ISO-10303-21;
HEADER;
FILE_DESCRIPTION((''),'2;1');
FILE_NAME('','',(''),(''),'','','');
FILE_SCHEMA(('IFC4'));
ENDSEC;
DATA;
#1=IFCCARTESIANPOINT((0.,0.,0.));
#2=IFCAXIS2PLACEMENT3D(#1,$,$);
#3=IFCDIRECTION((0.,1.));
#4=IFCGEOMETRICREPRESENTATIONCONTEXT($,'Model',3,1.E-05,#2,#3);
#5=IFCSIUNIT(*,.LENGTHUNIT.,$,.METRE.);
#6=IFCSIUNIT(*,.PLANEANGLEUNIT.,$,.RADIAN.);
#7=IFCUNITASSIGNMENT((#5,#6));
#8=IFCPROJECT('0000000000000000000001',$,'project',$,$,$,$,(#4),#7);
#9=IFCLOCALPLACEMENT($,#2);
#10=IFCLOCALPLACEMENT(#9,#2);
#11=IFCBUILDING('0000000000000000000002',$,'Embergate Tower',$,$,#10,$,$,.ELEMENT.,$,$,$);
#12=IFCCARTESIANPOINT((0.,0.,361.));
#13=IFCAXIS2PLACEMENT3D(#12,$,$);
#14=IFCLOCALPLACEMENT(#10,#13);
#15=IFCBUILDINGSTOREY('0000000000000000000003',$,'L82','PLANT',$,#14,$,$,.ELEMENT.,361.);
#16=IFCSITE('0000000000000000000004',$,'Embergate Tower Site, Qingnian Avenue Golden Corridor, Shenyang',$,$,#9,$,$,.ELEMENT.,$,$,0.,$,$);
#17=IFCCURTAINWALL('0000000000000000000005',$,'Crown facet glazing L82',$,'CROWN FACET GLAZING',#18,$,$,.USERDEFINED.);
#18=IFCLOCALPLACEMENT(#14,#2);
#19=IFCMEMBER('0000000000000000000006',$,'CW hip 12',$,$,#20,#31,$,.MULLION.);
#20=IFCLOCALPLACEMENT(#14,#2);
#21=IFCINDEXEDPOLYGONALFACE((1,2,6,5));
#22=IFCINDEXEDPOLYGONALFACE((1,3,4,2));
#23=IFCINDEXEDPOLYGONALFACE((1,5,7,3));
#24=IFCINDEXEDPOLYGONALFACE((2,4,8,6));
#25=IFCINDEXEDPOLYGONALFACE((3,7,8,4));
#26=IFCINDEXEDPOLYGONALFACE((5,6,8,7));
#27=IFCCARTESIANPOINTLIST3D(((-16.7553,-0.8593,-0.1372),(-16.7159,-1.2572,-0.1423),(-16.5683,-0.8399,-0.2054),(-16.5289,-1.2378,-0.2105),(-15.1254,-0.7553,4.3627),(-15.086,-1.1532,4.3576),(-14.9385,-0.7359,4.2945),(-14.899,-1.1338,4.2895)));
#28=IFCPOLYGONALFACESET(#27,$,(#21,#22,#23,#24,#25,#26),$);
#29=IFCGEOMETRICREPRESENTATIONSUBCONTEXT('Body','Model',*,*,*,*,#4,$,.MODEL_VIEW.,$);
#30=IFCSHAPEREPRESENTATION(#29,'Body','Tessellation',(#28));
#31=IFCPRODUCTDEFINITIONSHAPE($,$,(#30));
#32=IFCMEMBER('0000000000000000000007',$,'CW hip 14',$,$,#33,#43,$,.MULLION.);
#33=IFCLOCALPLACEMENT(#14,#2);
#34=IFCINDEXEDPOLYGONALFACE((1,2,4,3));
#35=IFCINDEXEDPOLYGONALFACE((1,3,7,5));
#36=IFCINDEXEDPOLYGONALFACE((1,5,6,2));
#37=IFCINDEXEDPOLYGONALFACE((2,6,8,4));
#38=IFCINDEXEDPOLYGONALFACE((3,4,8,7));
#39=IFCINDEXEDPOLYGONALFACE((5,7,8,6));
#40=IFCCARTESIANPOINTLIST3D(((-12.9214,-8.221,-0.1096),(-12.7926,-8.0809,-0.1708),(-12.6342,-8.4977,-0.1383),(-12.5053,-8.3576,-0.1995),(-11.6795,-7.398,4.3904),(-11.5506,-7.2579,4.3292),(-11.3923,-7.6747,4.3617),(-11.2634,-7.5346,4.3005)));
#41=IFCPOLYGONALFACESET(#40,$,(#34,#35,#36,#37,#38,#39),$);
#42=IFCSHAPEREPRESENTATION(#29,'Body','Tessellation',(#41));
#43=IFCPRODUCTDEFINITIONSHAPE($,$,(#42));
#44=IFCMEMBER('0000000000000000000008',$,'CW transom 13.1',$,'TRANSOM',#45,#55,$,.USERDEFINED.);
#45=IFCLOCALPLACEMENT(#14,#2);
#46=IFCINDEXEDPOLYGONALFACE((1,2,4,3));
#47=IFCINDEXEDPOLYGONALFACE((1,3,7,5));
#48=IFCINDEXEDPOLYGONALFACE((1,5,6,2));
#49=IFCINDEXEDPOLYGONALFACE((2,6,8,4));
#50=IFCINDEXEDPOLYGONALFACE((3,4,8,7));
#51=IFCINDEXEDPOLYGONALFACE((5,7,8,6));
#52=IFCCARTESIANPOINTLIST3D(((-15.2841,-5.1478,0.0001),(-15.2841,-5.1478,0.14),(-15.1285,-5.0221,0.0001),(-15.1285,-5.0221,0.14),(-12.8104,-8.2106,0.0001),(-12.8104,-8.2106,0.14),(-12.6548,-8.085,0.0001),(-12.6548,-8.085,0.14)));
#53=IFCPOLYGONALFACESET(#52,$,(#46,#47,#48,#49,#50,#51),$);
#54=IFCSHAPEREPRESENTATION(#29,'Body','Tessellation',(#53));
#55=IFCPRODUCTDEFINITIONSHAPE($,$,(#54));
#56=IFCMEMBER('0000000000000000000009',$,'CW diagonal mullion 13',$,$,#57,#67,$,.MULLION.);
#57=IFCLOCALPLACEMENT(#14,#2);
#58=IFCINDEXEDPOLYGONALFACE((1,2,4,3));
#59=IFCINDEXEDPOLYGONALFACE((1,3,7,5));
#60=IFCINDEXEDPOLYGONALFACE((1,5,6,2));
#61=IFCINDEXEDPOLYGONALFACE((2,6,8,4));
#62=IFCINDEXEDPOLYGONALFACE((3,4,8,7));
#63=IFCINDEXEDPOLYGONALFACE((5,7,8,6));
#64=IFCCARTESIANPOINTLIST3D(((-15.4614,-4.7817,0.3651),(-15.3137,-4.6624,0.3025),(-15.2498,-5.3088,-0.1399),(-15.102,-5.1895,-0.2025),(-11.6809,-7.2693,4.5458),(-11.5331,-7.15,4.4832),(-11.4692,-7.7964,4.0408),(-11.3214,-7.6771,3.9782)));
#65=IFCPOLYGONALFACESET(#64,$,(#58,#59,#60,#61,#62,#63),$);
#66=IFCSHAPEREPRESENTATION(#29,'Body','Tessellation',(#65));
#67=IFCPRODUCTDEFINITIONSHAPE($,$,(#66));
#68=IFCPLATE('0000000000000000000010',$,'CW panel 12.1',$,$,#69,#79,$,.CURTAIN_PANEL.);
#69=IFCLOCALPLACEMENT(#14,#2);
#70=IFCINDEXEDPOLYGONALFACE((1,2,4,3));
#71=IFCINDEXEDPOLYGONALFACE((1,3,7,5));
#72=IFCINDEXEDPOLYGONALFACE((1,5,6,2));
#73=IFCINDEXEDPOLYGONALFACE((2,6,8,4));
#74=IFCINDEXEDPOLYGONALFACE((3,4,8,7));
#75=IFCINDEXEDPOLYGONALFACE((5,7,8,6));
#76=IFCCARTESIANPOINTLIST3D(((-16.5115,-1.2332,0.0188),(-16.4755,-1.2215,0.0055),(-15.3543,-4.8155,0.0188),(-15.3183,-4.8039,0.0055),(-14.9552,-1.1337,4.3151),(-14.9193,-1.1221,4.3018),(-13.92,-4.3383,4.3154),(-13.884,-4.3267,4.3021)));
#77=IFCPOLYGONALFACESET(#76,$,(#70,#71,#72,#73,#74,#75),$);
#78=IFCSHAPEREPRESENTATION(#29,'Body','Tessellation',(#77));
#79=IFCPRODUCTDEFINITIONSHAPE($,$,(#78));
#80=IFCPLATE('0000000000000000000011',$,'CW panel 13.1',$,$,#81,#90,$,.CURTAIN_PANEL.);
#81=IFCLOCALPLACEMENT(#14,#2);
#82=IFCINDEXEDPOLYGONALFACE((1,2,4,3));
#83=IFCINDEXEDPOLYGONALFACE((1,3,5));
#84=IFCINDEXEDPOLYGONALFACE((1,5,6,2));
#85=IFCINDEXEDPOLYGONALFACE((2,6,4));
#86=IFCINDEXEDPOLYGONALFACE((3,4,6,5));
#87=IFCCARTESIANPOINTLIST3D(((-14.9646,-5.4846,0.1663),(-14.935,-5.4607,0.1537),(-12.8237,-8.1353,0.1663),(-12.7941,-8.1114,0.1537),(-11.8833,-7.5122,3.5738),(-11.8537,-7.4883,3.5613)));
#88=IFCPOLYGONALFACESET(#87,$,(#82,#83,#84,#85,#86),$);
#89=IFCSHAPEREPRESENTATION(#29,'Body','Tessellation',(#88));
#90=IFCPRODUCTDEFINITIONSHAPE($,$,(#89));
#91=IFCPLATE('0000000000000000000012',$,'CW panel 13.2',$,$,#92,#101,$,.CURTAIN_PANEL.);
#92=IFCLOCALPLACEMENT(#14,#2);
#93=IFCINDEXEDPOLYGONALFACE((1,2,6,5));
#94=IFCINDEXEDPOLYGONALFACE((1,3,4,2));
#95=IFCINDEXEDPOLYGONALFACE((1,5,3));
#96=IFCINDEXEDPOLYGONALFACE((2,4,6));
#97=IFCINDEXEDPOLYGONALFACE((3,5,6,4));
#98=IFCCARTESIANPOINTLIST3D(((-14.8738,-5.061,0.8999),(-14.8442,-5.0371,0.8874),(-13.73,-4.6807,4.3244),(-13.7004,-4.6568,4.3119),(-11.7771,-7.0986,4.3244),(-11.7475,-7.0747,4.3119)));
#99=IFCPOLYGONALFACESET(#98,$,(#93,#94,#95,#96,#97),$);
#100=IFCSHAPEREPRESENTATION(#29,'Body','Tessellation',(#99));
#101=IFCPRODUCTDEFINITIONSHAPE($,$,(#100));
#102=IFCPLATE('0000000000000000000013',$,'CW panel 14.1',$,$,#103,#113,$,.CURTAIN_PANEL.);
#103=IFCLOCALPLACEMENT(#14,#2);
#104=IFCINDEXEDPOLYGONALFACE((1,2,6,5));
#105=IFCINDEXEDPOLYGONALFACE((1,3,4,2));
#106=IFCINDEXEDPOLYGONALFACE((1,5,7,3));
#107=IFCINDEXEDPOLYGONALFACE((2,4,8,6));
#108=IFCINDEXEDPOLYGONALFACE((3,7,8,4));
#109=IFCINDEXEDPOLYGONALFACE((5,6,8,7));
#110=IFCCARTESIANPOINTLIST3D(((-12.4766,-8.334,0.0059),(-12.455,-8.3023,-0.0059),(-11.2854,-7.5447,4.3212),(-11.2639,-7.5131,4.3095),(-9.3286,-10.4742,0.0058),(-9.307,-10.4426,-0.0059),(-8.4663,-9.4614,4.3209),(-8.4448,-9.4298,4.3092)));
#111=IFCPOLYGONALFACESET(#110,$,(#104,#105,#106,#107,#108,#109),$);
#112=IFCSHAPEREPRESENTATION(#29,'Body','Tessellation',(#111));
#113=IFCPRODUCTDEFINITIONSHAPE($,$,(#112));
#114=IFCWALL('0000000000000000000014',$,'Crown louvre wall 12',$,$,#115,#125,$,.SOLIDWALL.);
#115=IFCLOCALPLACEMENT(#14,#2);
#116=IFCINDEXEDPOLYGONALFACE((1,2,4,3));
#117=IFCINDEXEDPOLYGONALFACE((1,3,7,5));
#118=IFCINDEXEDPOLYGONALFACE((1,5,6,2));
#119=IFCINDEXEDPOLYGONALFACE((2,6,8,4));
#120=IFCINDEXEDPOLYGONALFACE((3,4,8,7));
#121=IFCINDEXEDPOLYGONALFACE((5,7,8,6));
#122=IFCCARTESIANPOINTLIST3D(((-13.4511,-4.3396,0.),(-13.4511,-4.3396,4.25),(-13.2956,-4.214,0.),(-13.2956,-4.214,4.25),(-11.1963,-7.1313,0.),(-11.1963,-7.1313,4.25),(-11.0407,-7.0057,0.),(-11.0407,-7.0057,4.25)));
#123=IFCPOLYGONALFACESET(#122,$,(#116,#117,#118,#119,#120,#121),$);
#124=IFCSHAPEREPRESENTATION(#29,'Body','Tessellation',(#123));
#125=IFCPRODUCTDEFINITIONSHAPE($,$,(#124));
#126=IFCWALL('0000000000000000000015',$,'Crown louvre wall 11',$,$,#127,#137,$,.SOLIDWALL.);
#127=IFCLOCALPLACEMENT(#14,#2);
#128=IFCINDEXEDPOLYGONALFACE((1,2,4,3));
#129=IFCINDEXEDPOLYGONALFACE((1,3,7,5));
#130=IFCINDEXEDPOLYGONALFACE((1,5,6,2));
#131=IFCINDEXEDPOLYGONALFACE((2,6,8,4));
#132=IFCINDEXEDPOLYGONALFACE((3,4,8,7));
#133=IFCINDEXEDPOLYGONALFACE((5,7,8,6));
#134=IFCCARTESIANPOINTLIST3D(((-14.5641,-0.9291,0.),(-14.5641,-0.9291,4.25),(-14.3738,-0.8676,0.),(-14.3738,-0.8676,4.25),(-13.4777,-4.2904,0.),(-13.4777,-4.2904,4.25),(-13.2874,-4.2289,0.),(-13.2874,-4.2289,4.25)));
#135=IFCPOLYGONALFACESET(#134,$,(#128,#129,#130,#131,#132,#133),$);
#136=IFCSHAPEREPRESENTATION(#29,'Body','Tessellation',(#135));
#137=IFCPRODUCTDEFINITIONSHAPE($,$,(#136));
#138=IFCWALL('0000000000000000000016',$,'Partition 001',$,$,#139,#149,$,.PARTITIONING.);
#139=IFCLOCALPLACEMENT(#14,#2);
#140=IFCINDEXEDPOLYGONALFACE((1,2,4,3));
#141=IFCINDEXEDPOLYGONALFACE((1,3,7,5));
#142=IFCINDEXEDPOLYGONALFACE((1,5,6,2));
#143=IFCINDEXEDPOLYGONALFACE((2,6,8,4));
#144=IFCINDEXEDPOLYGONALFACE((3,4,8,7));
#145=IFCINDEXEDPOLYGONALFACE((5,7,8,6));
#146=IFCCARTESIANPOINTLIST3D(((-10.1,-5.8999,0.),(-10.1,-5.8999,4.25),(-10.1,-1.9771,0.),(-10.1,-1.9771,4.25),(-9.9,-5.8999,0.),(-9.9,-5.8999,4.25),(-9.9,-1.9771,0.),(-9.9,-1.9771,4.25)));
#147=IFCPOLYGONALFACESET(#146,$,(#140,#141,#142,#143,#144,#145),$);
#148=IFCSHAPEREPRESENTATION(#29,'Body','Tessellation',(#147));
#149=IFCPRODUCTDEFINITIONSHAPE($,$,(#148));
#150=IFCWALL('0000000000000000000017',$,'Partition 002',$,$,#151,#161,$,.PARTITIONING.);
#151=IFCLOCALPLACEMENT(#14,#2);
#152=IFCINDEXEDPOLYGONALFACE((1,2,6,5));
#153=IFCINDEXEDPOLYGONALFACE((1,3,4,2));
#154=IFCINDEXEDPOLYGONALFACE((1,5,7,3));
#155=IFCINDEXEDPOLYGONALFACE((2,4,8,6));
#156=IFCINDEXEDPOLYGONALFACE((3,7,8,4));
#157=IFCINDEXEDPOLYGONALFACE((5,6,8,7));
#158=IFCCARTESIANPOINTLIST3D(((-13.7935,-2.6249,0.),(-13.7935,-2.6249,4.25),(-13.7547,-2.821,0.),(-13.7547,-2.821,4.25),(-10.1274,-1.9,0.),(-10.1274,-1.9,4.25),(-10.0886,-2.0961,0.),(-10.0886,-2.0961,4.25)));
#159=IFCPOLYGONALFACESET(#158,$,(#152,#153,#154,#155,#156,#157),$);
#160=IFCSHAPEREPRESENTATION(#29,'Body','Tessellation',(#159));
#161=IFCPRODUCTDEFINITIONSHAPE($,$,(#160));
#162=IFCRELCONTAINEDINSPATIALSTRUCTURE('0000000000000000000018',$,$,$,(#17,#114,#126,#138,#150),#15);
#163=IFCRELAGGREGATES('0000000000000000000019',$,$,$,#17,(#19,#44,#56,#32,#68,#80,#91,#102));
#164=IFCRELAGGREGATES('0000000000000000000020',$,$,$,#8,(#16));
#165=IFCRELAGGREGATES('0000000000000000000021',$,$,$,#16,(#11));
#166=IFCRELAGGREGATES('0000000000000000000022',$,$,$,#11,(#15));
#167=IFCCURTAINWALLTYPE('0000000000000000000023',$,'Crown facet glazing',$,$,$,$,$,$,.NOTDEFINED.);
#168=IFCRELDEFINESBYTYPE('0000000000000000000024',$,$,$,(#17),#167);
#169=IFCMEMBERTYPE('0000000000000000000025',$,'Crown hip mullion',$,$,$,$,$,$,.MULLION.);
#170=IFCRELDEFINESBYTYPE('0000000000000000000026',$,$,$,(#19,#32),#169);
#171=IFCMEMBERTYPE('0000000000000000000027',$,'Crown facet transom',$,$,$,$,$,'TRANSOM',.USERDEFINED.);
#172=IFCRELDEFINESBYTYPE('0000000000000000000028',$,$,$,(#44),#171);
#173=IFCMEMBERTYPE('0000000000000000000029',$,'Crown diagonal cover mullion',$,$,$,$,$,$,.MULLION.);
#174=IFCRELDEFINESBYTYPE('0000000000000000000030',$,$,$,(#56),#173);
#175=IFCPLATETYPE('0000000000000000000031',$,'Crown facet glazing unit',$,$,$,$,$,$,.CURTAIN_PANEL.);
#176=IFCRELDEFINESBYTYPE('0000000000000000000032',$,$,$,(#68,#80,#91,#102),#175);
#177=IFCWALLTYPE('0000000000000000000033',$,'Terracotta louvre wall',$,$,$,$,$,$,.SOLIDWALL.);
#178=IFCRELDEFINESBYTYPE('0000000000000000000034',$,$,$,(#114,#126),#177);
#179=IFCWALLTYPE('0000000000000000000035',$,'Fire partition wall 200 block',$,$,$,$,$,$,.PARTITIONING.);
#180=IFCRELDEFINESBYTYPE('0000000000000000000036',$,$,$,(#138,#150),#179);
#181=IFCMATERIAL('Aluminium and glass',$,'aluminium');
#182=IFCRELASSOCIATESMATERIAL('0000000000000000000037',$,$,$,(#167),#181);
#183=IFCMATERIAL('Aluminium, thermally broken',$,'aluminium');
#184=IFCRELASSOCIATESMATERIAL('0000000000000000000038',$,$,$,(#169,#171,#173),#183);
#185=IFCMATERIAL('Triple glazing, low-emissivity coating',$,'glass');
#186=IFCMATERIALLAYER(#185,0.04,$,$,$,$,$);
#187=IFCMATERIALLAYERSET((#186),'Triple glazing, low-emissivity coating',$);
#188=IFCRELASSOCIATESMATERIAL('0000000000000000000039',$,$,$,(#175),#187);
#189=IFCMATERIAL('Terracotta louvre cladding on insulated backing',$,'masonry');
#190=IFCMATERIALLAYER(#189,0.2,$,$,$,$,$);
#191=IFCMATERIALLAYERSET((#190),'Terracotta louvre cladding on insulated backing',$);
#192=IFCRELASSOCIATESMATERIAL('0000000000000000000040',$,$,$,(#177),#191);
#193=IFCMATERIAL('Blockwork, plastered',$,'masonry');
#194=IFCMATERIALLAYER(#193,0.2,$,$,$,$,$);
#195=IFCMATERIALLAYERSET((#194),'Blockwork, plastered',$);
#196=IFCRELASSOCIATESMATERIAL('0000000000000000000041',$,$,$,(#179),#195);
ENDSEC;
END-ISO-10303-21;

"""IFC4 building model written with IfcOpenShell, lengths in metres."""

from ifc_helpers import new_model, si_unit, direction, frame, frame_2d, origin, origin_2d, place, context, subcontext, project, spatial, polyline, rectangle, outline, extrude, source, transform, mapped, material, layer, layer_set, material_profile, profile_set, type_object, element, aggregate, save


model = new_model("IFC4")

# Units and contexts
model_context = context("Model", 3, precision=1e-05, world=origin(), true_north=direction((0.0, 1.0)))
body_context = subcontext(model_context, "Body", "Model", "MODEL_VIEW")
ifc_project = project(units=[si_unit("LENGTHUNIT", "METRE"), si_unit("PLANEANGLEUNIT", "RADIAN")], contexts=[model_context])

# Site, building, storey
site_placement = place(None, origin())
site = spatial("IfcSite", under=ifc_project, at=site_placement, Name="Embergate Tower Site, Qingnian Avenue Golden Corridor, Shenyang", CompositionType="ELEMENT", RefElevation=0.0)
building_placement = place(site_placement, origin())
building = spatial("IfcBuilding", under=site, at=building_placement, Name="Embergate Tower", CompositionType="ELEMENT")
storey_placement = place(building_placement, frame((0.0, 0.0, 361.0)))
storey = spatial("IfcBuildingStorey", under=building, at=storey_placement, Name="L82", Description="PLANT", CompositionType="ELEMENT", Elevation=361.0)

# Curtain wall, members, plates
ifc_material_1 = material(Name="Aluminium and glass", Category="aluminium")
curtain_wall_type = type_object("IfcCurtainWallType", Name="Crown facet glazing", PredefinedType="NOTDEFINED", material=ifc_material_1)
curtain_wall_placement = place(storey_placement, origin())
curtain_wall = element("IfcCurtainWall", 1, at=curtain_wall_placement, inside=storey, type_object=curtain_wall_type, Name="Crown facet glazing L82", ObjectType="CROWN FACET GLAZING", PredefinedType="USERDEFINED")
ifc_material_2 = material(Name="Aluminium, thermally broken", Category="aluminium")
ifc_material_profile_1 = material_profile(ifc_material_2, rectangle(XDim=0.2, YDim=0.3999, at=origin_2d()), Name="AL 400x200")
ifc_profile_set_1 = profile_set([ifc_material_profile_1], Name="Aluminium, thermally broken")
member_type_1 = type_object("IfcMemberType", Name="Crown hip mullion", PredefinedType="MULLION", material=ifc_profile_set_1)
shared_shape_1 = source(origin(), body_context, "Body", "SweptSolid", [
    extrude(rectangle(XDim=0.2, YDim=0.3999, at=origin_2d()), origin(), (0.0, 0.0, 1.0), 4.7871),
])
member_1_placement = place(storey_placement, frame((-16.6421, -1.0486, -0.1738), z_axis=(0.340466, 0.021725, 0.940006), x_axis=(-0.935069, -0.09705, 0.340921)))
member_1 = element("IfcMember", 2, at=member_1_placement, type_object=member_type_1, Name="CW hip 12", PredefinedType="MULLION", context=body_context, shape_type="MappedRepresentation", body=[
    mapped(shared_shape_1, transform((0.0, 0.0, 0.0))),
])
shared_shape_2 = source(origin(), body_context, "Body", "SweptSolid", [
    extrude(rectangle(XDim=0.2, YDim=0.3999, at=origin_2d()), origin(), (0.0, 0.0, 1.0), 4.7402),
])
member_2_placement = place(storey_placement, frame((-12.7134, -8.2893, -0.1545), z_axis=(0.262001, 0.17362, 0.949322), x_axis=(-0.644565, -0.70063, 0.306029)))
member_2 = element("IfcMember", 3, at=member_2_placement, type_object=member_type_1, Name="CW hip 14", PredefinedType="MULLION", context=body_context, shape_type="MappedRepresentation", body=[
    mapped(shared_shape_2, transform((0.0, 0.0, 0.0))),
])
ifc_material_profile_2 = material_profile(ifc_material_2, rectangle(XDim=0.2, YDim=0.1399, at=origin_2d()), Name="AL 140x200")
ifc_profile_set_2 = profile_set([ifc_material_profile_2], Name="Aluminium, thermally broken")
member_type_2 = type_object("IfcMemberType", Name="Crown facet transom", ElementType="TRANSOM", PredefinedType="USERDEFINED", material=ifc_profile_set_2)
shared_shape_3 = source(origin(), body_context, "Body", "SweptSolid", [
    extrude(rectangle(XDim=0.2, YDim=0.1399, at=origin_2d()), origin(), (0.0, 0.0, 1.0), 3.937),
])
member_3_placement = place(storey_placement, frame((-15.2063, -5.085, 0.0701), z_axis=(0.628318, -0.777956, 0.0), x_axis=(0.777956, 0.628318, 0.0)))
member_3 = element("IfcMember", 4, at=member_3_placement, type_object=member_type_2, Name="CW transom 13.1", ObjectType="TRANSOM", PredefinedType="USERDEFINED", context=body_context, shape_type="MappedRepresentation", body=[
    mapped(shared_shape_3, transform((0.0, 0.0, 0.0))),
])
ifc_material_profile_3 = material_profile(ifc_material_2, rectangle(XDim=0.2, YDim=0.76, at=origin_2d()), Name="AL 760x200")
ifc_profile_set_3 = profile_set([ifc_material_profile_3], Name="Aluminium, thermally broken")
member_type_3 = type_object("IfcMemberType", Name="Crown diagonal cover mullion", PredefinedType="MULLION", material=ifc_profile_set_3)
shared_shape_4 = source(origin(), body_context, "Body", "SweptSolid", [
    extrude(rectangle(XDim=0.2, YDim=0.76, at=origin_2d()), origin(), (0.0, 0.0, 1.0), 6.1611),
])
member_4_placement = place(storey_placement, frame((-15.2817, -4.9856, 0.0813), z_axis=(0.613619, -0.403756, 0.678567), x_axis=(-0.73885, -0.596733, 0.313068)))
member_4 = element("IfcMember", 5, at=member_4_placement, type_object=member_type_3, Name="CW diagonal mullion 13", PredefinedType="MULLION", context=body_context, shape_type="MappedRepresentation", body=[
    mapped(shared_shape_4, transform((0.0, 0.0, 0.0))),
])
ifc_material_3 = material(Name="Triple glazing, low-emissivity coating", Category="glass")
ifc_layer_1 = layer(ifc_material_3, 0.04)
ifc_layer_set_1 = layer_set([ifc_layer_1], Name="Triple glazing, low-emissivity coating")
plate_type = type_object("IfcPlateType", Name="Crown facet glazing unit", PredefinedType="CURTAIN_PANEL", material=ifc_layer_set_1)
shared_shape_5 = source(origin(), body_context, "Body", "SweptSolid", [
    extrude(outline(polyline([(0.0, 0.0), (3.7646, 0.0), (3.7515, 4.5547), (0.3838, 4.5544), (0.0, 0.0)])), origin(), (0.0, 0.0, -1.0), 0.04),
])
plate_1_placement = place(storey_placement, frame((-16.5115, -1.2332, 0.0188), z_axis=(-0.897655, -0.28996, 0.331871), x_axis=(0.307383, -0.951586, 0.000006)))
plate_1 = element("IfcPlate", 6, at=plate_1_placement, type_object=plate_type, Name="CW panel 12.1", PredefinedType="CURTAIN_PANEL", context=body_context, shape_type="MappedRepresentation", body=[
    mapped(shared_shape_5, transform((0.0, 0.0, 0.0))),
])
shared_shape_6 = source(origin(), body_context, "Body", "SweptSolid", [
    extrude(outline(polyline([(0.0, 0.0), (3.4072, 0.0), (3.5134, 3.5879), (0.0, 0.0)])), origin(), (0.0, 0.0, -1.0), 0.04),
])
plate_2_placement = place(storey_placement, frame((-14.9646, -5.4846, 0.1663), z_axis=(-0.738848, -0.596754, 0.31303), x_axis=(0.628332, -0.777945, 0.0)))
plate_2 = element("IfcPlate", 7, at=plate_2_placement, type_object=plate_type, Name="CW panel 13.1", PredefinedType="CURTAIN_PANEL", context=body_context, shape_type="MappedRepresentation", body=[
    mapped(shared_shape_6, transform((0.0, 0.0, 0.0))),
])
shared_shape_7 = source(origin(), body_context, "Body", "SweptSolid", [
    extrude(outline(polyline([(0.0, 0.0), (5.0466, 0.0), (2.8721, 2.2207), (0.0, 0.0)])), origin(), (0.0, 0.0, -1.0), 0.04),
])
plate_3_placement = place(storey_placement, frame((-14.8738, -5.061, 0.8999), z_axis=(-0.738852, -0.596736, 0.313056), x_axis=(0.613609, -0.403751, 0.678579)))
plate_3 = element("IfcPlate", 8, at=plate_3_placement, type_object=plate_type, Name="CW panel 13.2", PredefinedType="CURTAIN_PANEL", context=body_context, shape_type="MappedRepresentation", body=[
    mapped(shared_shape_7, transform((0.0, 0.0, 0.0))),
])
shared_shape_8 = source(origin(), body_context, "Body", "SweptSolid", [
    extrude(outline(polyline([(0.0, 0.0), (3.8066, 0.0), (3.9502, 4.5132), (0.5413, 4.5134), (0.0, 0.0)])), origin(), (0.0, 0.0, -1.0), 0.04),
])
plate_4_placement = place(storey_placement, frame((-12.4766, -8.334, 0.0059), z_axis=(-0.537561, -0.790686, 0.29299), x_axis=(0.826976, -0.562238, -0.000012)))
plate_4 = element("IfcPlate", 9, at=plate_4_placement, type_object=plate_type, Name="CW panel 14.1", PredefinedType="CURTAIN_PANEL", context=body_context, shape_type="MappedRepresentation", body=[
    mapped(shared_shape_8, transform((0.0, 0.0, 0.0))),
])
aggregate(curtain_wall, [member_1, member_3, member_4, member_2, plate_1, plate_2, plate_3, plate_4])

# Walls
ifc_material_4 = material(Name="Terracotta louvre cladding on insulated backing", Category="masonry")
ifc_layer_2 = layer(ifc_material_4, 0.2)
ifc_layer_set_2 = layer_set([ifc_layer_2], Name="Terracotta louvre cladding on insulated backing")
wall_type_1 = type_object("IfcWallType", Name="Terracotta louvre wall", PredefinedType="SOLIDWALL", material=ifc_layer_set_2)
shared_shape_9 = source(origin(), body_context, "Body", "SweptSolid", [
    extrude(rectangle(XDim=3.5886, YDim=0.2, at=frame_2d((1.7944, 0.0))), origin(), (0.0, 0.0, 1.0), 4.25),
])
wall_1_placement = place(storey_placement, frame((-11.1184, -7.0686, 0.0), z_axis=(0.0, 0.0, 1.0), x_axis=(-0.628339, 0.77794, 0.0)))
element("IfcWall", 10, at=wall_1_placement, inside=storey, type_object=wall_type_1, Name="Crown louvre wall 12", PredefinedType="SOLIDWALL", context=body_context, shape_type="MappedRepresentation", body=[
    mapped(shared_shape_9, transform((0.0, 0.0, 0.0))),
])
shared_shape_10 = source(origin(), body_context, "Body", "SweptSolid", [
    extrude(rectangle(XDim=3.5325, YDim=0.2, at=frame_2d((1.7661, 0.0))), origin(), (0.0, 0.0, 1.0), 4.25),
])
wall_2_placement = place(storey_placement, frame((-13.3826, -4.2595, 0.0), z_axis=(0.0, 0.0, 1.0), x_axis=(-0.307548, 0.951533, 0.0)))
element("IfcWall", 11, at=wall_2_placement, inside=storey, type_object=wall_type_1, Name="Crown louvre wall 11", PredefinedType="SOLIDWALL", context=body_context, shape_type="MappedRepresentation", body=[
    mapped(shared_shape_10, transform((0.0, 0.0, 0.0))),
])
ifc_material_5 = material(Name="Blockwork, plastered", Category="masonry")
ifc_layer_3 = layer(ifc_material_5, 0.2)
ifc_layer_set_3 = layer_set([ifc_layer_3], Name="Blockwork, plastered")
wall_type_2 = type_object("IfcWallType", Name="Fire partition wall 200 block", PredefinedType="PARTITIONING", material=ifc_layer_set_3)
shared_shape_11 = source(origin(), body_context, "Body", "SweptSolid", [
    extrude(rectangle(XDim=3.9229, YDim=0.2, at=frame_2d((1.9614, 0.0))), origin(), (0.0, 0.0, 1.0), 4.25),
])
wall_3_placement = place(storey_placement, frame((-10.0, -5.8999, 0.0), z_axis=(0.0, 0.0, 1.0), x_axis=(0.0, 1.0, 0.0)))
element("IfcWall", 12, at=wall_3_placement, inside=storey, type_object=wall_type_2, Name="Partition 001", PredefinedType="PARTITIONING", context=body_context, shape_type="MappedRepresentation", body=[
    mapped(shared_shape_11, transform((0.0, 0.0, 0.0))),
])
shared_shape_12 = source(origin(), body_context, "Body", "SweptSolid", [
    extrude(rectangle(XDim=3.7371, YDim=0.2, at=frame_2d((1.8687, 0.0))), origin(), (0.0, 0.0, 1.0), 4.25),
])
wall_4_placement = place(storey_placement, frame((-10.1079, -1.998, 0.0), z_axis=(0.0, 0.0, 1.0), x_axis=(-0.981008, -0.193967, 0.0)))
element("IfcWall", 13, at=wall_4_placement, inside=storey, type_object=wall_type_2, Name="Partition 002", PredefinedType="PARTITIONING", context=body_context, shape_type="MappedRepresentation", body=[
    mapped(shared_shape_12, transform((0.0, 0.0, 0.0))),
])

save(model, "model.ifc")
